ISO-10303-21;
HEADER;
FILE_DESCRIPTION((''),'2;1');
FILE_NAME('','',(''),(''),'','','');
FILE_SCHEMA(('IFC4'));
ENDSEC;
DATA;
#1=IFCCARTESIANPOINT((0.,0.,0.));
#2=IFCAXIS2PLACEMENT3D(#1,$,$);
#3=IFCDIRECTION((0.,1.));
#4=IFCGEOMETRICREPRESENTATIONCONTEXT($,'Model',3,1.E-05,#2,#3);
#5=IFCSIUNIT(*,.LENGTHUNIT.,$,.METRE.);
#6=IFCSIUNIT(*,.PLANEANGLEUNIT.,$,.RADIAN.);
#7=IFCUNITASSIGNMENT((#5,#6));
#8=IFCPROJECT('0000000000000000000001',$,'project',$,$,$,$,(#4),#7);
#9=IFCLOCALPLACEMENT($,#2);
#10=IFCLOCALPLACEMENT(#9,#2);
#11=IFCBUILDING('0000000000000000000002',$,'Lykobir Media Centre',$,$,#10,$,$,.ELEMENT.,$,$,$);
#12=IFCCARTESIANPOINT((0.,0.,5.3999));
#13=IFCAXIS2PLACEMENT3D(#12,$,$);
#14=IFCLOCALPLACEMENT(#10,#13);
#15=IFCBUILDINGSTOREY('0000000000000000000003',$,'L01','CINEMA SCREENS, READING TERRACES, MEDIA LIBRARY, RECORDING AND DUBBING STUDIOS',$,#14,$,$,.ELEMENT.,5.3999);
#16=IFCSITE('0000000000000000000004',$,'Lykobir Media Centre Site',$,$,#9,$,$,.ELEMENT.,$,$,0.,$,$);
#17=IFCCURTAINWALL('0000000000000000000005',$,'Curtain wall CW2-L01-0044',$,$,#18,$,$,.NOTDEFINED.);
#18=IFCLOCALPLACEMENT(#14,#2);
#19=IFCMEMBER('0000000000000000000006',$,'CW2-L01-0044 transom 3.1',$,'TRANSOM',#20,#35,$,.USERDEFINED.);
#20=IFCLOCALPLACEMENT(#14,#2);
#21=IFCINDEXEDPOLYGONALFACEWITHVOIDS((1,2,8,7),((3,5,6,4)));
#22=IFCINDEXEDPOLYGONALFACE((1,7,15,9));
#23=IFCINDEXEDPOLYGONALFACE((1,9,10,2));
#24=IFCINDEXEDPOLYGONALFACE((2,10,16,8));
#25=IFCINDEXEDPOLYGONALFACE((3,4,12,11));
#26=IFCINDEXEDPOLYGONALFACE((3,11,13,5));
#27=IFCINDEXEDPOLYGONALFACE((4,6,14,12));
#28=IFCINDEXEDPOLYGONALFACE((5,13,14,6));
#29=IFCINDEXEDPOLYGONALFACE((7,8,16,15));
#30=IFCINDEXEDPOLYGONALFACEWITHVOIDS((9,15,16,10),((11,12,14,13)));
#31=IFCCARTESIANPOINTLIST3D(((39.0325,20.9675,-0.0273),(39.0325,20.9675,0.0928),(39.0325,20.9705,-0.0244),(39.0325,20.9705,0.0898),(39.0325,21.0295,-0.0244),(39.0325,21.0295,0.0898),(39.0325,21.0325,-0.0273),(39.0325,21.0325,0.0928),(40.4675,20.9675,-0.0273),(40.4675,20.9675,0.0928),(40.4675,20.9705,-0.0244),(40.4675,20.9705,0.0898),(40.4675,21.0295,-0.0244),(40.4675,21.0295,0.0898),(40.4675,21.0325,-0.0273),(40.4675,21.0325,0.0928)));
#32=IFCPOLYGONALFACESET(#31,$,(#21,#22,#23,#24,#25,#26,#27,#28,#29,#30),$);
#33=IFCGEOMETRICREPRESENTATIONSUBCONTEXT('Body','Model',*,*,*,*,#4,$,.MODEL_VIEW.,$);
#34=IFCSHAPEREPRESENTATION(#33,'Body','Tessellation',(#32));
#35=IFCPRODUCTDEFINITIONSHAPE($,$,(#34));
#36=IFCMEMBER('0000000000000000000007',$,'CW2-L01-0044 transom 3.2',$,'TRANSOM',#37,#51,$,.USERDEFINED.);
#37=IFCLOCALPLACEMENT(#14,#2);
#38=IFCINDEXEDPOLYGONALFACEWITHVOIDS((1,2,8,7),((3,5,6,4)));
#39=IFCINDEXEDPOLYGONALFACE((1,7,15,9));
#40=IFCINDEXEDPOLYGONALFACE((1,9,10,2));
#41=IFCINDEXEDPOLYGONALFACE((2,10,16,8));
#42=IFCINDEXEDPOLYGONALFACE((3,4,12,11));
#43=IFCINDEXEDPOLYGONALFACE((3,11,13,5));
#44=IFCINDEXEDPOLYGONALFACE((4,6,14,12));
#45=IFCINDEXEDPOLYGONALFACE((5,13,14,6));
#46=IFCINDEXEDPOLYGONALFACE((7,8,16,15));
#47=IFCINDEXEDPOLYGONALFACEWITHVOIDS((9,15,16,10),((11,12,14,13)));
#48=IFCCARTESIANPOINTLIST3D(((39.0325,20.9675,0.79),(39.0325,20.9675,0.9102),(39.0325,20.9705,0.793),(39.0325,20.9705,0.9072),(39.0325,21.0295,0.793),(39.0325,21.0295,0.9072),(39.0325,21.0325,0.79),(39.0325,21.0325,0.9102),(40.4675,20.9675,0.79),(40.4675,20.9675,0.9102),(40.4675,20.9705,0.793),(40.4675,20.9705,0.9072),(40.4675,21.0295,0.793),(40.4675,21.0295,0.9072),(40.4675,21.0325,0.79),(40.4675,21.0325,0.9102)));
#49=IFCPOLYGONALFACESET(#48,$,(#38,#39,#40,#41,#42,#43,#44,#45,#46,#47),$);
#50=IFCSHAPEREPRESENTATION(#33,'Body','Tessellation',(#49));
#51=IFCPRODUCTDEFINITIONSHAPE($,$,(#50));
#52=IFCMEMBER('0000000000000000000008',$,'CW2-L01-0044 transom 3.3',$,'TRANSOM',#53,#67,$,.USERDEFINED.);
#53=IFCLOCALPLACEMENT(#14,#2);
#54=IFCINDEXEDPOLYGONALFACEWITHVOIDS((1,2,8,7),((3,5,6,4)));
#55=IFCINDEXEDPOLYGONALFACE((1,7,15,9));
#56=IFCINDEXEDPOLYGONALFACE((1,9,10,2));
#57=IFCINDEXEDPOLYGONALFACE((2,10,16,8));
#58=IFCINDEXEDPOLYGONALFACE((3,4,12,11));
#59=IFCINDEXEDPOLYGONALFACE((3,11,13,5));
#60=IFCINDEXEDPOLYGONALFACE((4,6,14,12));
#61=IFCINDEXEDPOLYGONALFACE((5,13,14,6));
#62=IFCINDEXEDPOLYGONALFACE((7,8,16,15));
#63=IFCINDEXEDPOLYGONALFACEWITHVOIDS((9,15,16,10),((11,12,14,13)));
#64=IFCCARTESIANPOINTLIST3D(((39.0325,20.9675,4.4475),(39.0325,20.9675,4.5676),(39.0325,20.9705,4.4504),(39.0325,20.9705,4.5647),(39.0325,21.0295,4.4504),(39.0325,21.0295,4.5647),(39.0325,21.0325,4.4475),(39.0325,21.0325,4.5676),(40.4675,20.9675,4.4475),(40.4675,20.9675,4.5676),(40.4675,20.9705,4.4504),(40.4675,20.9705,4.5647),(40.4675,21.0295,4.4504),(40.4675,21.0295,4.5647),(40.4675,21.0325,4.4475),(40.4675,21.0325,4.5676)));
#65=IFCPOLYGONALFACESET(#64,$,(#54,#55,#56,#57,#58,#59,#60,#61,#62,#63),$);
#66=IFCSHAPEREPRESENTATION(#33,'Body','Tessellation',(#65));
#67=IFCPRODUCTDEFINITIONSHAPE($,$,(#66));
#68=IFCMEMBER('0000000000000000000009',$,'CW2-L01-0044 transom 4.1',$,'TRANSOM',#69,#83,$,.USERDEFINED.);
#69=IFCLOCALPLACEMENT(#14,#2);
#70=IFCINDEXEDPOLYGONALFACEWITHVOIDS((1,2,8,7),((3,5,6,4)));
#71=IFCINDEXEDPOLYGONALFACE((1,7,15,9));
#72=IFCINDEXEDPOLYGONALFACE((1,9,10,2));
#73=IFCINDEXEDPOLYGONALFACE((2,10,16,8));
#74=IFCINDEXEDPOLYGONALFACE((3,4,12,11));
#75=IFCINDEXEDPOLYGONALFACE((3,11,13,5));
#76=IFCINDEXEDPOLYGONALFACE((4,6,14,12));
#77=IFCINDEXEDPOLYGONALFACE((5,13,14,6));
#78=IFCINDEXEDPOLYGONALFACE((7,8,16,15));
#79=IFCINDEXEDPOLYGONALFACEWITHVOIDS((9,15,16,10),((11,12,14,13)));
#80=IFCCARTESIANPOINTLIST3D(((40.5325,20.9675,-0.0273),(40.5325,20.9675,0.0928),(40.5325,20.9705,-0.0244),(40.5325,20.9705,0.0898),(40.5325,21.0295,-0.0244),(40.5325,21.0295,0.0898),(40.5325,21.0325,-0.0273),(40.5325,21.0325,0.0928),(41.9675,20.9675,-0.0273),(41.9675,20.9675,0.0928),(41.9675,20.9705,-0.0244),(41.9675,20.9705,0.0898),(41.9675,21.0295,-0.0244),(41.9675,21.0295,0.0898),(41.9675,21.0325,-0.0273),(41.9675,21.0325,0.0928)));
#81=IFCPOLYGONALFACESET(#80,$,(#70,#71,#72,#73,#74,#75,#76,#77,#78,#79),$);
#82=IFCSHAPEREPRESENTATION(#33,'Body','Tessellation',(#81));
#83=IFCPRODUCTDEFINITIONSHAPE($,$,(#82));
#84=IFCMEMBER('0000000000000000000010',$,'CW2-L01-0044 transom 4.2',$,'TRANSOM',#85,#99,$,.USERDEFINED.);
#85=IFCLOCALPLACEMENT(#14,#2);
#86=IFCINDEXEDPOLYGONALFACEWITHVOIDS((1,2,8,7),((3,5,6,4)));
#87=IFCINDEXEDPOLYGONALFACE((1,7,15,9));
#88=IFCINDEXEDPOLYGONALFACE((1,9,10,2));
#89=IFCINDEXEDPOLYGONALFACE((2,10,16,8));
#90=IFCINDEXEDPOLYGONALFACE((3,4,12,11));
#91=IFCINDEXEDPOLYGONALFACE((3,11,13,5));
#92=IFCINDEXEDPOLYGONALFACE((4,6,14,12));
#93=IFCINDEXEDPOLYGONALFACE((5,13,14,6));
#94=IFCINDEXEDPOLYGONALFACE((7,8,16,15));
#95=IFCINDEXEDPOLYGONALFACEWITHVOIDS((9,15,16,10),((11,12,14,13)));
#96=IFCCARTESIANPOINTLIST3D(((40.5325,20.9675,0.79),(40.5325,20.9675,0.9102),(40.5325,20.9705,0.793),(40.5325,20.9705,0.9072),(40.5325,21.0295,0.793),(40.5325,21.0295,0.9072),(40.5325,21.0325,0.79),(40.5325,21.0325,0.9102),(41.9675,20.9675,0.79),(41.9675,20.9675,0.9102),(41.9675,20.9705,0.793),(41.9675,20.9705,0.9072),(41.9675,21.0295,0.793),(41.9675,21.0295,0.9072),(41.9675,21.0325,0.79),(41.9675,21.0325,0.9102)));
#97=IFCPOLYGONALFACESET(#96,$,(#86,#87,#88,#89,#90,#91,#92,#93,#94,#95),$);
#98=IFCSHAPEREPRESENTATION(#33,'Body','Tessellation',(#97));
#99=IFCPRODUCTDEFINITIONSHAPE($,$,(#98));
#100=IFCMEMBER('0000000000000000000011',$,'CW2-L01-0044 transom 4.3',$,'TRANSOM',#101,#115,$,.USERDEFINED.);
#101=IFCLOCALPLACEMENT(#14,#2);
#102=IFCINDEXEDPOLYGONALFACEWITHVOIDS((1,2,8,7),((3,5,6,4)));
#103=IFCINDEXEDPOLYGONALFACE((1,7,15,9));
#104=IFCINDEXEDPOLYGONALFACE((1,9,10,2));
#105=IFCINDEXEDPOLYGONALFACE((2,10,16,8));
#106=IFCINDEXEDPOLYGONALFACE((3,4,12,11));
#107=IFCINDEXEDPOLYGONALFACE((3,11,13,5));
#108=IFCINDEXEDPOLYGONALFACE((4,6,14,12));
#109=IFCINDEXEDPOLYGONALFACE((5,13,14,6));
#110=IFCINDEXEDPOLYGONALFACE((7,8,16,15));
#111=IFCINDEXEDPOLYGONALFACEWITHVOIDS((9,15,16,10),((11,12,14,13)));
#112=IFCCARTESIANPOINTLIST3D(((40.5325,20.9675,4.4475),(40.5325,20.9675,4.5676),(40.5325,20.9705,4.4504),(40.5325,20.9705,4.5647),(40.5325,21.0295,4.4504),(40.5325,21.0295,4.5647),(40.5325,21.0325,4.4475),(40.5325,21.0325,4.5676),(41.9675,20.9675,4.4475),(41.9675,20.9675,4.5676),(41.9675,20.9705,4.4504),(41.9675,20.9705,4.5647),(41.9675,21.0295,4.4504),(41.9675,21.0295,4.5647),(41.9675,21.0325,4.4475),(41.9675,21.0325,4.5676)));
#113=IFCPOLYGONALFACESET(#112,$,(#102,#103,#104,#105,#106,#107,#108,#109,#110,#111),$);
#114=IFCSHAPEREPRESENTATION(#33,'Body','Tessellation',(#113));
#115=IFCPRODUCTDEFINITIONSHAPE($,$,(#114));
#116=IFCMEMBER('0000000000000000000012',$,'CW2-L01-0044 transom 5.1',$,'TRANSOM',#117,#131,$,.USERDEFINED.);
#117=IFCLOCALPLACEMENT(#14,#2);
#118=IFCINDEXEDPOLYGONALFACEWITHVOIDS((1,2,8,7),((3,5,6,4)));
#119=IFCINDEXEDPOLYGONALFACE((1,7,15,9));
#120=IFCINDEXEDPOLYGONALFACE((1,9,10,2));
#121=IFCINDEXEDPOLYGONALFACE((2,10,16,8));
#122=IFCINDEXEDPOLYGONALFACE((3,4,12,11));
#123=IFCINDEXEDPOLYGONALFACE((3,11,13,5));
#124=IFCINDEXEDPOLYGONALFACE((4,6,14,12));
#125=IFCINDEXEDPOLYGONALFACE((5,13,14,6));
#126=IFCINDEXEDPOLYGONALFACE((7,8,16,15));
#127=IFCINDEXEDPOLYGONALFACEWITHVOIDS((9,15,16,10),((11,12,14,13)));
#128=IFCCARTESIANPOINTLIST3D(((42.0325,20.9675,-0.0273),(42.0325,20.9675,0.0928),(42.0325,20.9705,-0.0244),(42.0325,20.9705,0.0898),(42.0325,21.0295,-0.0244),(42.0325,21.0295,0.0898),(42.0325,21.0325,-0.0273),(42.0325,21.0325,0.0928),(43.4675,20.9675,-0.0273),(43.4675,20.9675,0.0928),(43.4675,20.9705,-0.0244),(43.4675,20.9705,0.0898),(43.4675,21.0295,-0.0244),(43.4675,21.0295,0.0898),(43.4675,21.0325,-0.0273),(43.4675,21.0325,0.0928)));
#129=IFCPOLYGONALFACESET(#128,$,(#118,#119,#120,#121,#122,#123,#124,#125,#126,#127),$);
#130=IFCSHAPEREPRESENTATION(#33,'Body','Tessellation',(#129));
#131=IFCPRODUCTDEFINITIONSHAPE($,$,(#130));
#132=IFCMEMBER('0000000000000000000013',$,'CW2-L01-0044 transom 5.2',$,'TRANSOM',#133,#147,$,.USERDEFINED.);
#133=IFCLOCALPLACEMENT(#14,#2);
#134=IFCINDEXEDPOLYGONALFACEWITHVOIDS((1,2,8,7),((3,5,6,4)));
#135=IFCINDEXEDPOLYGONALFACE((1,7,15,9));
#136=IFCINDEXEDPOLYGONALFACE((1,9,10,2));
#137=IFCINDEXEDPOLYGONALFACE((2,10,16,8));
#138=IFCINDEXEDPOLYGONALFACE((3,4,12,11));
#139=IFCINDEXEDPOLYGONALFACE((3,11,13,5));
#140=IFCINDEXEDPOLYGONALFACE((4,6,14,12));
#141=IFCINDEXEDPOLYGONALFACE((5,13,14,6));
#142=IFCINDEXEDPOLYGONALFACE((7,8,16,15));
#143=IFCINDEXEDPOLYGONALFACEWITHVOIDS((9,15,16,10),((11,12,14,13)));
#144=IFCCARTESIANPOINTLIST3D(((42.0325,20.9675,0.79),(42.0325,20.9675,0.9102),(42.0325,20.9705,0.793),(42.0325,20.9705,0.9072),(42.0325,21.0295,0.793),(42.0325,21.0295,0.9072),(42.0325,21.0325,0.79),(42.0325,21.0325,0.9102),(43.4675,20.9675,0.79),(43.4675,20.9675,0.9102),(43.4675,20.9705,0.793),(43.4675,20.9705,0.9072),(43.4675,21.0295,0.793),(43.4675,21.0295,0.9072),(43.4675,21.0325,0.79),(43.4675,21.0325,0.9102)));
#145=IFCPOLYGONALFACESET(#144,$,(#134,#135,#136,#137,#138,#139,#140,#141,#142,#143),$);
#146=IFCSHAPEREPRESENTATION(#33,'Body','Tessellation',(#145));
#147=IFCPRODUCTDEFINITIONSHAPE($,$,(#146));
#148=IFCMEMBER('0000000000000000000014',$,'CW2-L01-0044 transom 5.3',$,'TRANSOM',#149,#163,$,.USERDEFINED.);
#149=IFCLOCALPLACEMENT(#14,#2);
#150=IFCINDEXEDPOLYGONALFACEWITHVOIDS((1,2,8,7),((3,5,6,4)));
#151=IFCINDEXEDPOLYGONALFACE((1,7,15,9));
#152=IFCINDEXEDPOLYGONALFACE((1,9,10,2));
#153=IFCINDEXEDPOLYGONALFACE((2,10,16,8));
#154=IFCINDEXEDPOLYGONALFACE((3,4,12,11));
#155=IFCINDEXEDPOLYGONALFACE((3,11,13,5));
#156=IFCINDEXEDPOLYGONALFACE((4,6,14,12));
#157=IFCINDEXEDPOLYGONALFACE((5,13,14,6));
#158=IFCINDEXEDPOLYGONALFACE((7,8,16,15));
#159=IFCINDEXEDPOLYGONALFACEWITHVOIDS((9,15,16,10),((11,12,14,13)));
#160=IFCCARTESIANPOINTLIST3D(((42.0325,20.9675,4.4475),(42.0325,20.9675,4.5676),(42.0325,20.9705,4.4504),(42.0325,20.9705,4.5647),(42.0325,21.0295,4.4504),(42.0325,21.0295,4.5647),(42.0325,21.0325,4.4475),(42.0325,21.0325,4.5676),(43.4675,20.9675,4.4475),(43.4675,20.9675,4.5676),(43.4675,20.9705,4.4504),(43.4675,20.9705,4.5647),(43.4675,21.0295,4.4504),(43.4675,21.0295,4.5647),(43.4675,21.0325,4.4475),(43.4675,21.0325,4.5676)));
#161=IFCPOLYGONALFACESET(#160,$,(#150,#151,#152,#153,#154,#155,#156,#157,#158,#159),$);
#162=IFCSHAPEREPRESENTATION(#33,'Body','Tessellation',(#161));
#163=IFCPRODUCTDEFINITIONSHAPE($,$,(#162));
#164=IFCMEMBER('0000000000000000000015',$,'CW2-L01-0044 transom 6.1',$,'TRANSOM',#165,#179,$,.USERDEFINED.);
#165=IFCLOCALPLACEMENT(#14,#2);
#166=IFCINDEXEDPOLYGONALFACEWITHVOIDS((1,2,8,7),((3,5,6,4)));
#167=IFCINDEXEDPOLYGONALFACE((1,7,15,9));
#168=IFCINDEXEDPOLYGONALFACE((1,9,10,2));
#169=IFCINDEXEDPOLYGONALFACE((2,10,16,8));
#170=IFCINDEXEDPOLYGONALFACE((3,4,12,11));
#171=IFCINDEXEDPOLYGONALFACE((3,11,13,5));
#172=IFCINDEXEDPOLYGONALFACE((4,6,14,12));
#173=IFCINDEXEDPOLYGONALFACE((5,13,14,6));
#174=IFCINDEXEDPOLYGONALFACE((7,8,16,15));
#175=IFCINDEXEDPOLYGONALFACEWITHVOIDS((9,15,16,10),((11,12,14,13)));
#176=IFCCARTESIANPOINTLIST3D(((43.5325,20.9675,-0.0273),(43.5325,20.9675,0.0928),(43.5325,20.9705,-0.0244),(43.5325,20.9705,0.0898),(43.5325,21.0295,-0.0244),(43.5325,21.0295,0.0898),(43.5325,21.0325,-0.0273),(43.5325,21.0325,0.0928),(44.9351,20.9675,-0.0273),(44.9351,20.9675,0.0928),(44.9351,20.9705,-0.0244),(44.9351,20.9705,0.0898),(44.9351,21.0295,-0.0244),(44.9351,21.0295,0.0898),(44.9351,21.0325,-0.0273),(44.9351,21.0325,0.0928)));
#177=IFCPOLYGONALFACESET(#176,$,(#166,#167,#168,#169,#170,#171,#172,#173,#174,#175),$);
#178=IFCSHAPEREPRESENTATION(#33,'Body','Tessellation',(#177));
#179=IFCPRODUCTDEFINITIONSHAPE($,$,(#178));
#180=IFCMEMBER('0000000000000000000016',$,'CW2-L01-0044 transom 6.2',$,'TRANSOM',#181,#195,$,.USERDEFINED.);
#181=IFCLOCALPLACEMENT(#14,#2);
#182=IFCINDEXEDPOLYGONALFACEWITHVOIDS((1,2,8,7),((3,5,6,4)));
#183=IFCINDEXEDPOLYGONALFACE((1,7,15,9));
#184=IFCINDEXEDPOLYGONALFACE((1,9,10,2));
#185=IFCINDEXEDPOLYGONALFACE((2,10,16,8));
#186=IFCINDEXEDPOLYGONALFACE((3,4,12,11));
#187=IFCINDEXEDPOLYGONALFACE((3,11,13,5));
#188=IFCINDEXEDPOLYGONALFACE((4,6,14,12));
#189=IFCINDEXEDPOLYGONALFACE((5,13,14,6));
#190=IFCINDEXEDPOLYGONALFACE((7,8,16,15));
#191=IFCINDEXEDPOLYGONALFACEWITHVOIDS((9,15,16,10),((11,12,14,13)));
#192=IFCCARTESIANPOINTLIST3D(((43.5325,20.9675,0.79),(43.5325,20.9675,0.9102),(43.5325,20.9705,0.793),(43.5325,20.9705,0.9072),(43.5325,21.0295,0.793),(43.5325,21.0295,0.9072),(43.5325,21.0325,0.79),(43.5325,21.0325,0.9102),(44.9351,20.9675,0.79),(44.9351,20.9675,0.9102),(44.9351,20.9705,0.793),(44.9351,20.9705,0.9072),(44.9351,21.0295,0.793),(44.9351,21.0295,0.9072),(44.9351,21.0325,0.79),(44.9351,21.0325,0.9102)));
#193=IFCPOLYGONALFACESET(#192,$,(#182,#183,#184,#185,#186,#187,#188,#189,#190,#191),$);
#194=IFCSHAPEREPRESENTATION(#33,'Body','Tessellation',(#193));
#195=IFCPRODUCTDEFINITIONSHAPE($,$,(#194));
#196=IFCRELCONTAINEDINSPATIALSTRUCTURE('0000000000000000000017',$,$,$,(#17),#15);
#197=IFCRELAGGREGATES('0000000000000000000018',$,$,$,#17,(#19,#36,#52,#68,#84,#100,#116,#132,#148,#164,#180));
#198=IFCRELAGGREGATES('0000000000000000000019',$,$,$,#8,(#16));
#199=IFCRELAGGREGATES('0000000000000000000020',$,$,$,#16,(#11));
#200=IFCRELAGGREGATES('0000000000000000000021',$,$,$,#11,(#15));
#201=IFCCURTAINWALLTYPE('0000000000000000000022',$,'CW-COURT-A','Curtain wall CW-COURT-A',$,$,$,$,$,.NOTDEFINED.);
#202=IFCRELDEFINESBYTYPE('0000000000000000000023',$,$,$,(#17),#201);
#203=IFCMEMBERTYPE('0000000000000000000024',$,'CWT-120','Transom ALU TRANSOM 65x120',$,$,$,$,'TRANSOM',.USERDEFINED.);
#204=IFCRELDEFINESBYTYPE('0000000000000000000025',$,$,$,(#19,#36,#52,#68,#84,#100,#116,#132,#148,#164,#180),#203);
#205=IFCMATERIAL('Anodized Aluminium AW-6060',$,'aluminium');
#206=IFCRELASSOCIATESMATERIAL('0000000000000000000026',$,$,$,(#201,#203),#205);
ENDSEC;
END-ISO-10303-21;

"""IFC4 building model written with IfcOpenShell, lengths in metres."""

from ifc_helpers import new_model, si_unit, direction, frame, origin, origin_2d, place, context, subcontext, project, spatial, hollow_rectangle, extrude, material, material_profile, profile_set, type_object, element, aggregate, save


model = new_model("IFC4")

# Units and contexts
model_context = context("Model", 3, precision=1e-05, world=origin(), true_north=direction((0.0, 1.0)))
body_context = subcontext(model_context, "Body", "Model", "MODEL_VIEW")
ifc_project = project(units=[si_unit("LENGTHUNIT", "METRE"), si_unit("PLANEANGLEUNIT", "RADIAN")], contexts=[model_context])

# Site, building, storey
site_placement = place(None, origin())
site = spatial("IfcSite", under=ifc_project, at=site_placement, Name="Lykobir Media Centre Site", CompositionType="ELEMENT", RefElevation=0.0)
building_placement = place(site_placement, origin())
building = spatial("IfcBuilding", under=site, at=building_placement, Name="Lykobir Media Centre", CompositionType="ELEMENT")
storey_placement = place(building_placement, frame((0.0, 0.0, 5.3999)))
storey = spatial("IfcBuildingStorey", under=building, at=storey_placement, Name="L01", Description="CINEMA SCREENS, READING TERRACES, MEDIA LIBRARY, RECORDING AND DUBBING STUDIOS", CompositionType="ELEMENT", Elevation=5.3999)

# Curtain wall
ifc_material_1 = material(Name="Anodized Aluminium AW-6060", Category="aluminium")
curtain_wall_type = type_object("IfcCurtainWallType", Name="CW-COURT-A", Description="Curtain wall CW-COURT-A", PredefinedType="NOTDEFINED", material=ifc_material_1)
curtain_wall_1_placement = place(storey_placement, origin())
curtain_wall_1 = element("IfcCurtainWall", 1, at=curtain_wall_1_placement, inside=storey, type_object=curtain_wall_type, Name="Curtain wall CW2-L01-0044", PredefinedType="NOTDEFINED")

# Members
ifc_material_profile_1 = material_profile(ifc_material_1, hollow_rectangle(XDim=0.0649, YDim=0.1201, WallThickness=0.0029, at=origin_2d()), Name="ALU TRANSOM 65x120")
ifc_profile_set_1 = profile_set([ifc_material_profile_1], Name="Anodized Aluminium AW-6060")
member_type_1 = type_object("IfcMemberType", Name="CWT-120", Description="Transom ALU TRANSOM 65x120", ElementType="TRANSOM", PredefinedType="USERDEFINED", material=ifc_profile_set_1)
member_1_placement = place(storey_placement, frame((39.0325, 21.0, 0.0327), z_axis=(1.0, 0.0, 0.0), x_axis=(0.0, 1.0, 0.0)))
member_1 = element("IfcMember", 2, at=member_1_placement, type_object=member_type_1, Name="CW2-L01-0044 transom 3.1", ObjectType="TRANSOM", PredefinedType="USERDEFINED", context=body_context, shape_type="SweptSolid", body=[
    extrude(hollow_rectangle(XDim=0.0649, YDim=0.1201, WallThickness=0.0029, at=origin_2d()), origin(), (0.0, 0.0, 1.0), 1.4351),
])
member_2_placement = place(storey_placement, frame((39.0325, 21.0, 0.8501), z_axis=(1.0, 0.0, 0.0), x_axis=(0.0, 1.0, 0.0)))
member_2 = element("IfcMember", 3, at=member_2_placement, type_object=member_type_1, Name="CW2-L01-0044 transom 3.2", ObjectType="TRANSOM", PredefinedType="USERDEFINED", context=body_context, shape_type="SweptSolid", body=[
    extrude(hollow_rectangle(XDim=0.0649, YDim=0.1201, WallThickness=0.0029, at=origin_2d()), origin(), (0.0, 0.0, 1.0), 1.4351),
])
member_3_placement = place(storey_placement, frame((39.0325, 21.0, 4.5076), z_axis=(1.0, 0.0, 0.0), x_axis=(0.0, 1.0, 0.0)))
member_3 = element("IfcMember", 4, at=member_3_placement, type_object=member_type_1, Name="CW2-L01-0044 transom 3.3", ObjectType="TRANSOM", PredefinedType="USERDEFINED", context=body_context, shape_type="SweptSolid", body=[
    extrude(hollow_rectangle(XDim=0.0649, YDim=0.1201, WallThickness=0.0029, at=origin_2d()), origin(), (0.0, 0.0, 1.0), 1.4351),
])
member_4_placement = place(storey_placement, frame((40.5325, 21.0, 0.0327), z_axis=(1.0, 0.0, 0.0), x_axis=(0.0, 1.0, 0.0)))
member_4 = element("IfcMember", 5, at=member_4_placement, type_object=member_type_1, Name="CW2-L01-0044 transom 4.1", ObjectType="TRANSOM", PredefinedType="USERDEFINED", context=body_context, shape_type="SweptSolid", body=[
    extrude(hollow_rectangle(XDim=0.0649, YDim=0.1201, WallThickness=0.0029, at=origin_2d()), origin(), (0.0, 0.0, 1.0), 1.4351),
])
member_5_placement = place(storey_placement, frame((40.5325, 21.0, 0.8501), z_axis=(1.0, 0.0, 0.0), x_axis=(0.0, 1.0, 0.0)))
member_5 = element("IfcMember", 6, at=member_5_placement, type_object=member_type_1, Name="CW2-L01-0044 transom 4.2", ObjectType="TRANSOM", PredefinedType="USERDEFINED", context=body_context, shape_type="SweptSolid", body=[
    extrude(hollow_rectangle(XDim=0.0649, YDim=0.1201, WallThickness=0.0029, at=origin_2d()), origin(), (0.0, 0.0, 1.0), 1.4351),
])
member_6_placement = place(storey_placement, frame((40.5325, 21.0, 4.5076), z_axis=(1.0, 0.0, 0.0), x_axis=(0.0, 1.0, 0.0)))
member_6 = element("IfcMember", 7, at=member_6_placement, type_object=member_type_1, Name="CW2-L01-0044 transom 4.3", ObjectType="TRANSOM", PredefinedType="USERDEFINED", context=body_context, shape_type="SweptSolid", body=[
    extrude(hollow_rectangle(XDim=0.0649, YDim=0.1201, WallThickness=0.0029, at=origin_2d()), origin(), (0.0, 0.0, 1.0), 1.4351),
])
member_7_placement = place(storey_placement, frame((42.0325, 21.0, 0.0327), z_axis=(1.0, 0.0, 0.0), x_axis=(0.0, 1.0, 0.0)))
member_7 = element("IfcMember", 8, at=member_7_placement, type_object=member_type_1, Name="CW2-L01-0044 transom 5.1", ObjectType="TRANSOM", PredefinedType="USERDEFINED", context=body_context, shape_type="SweptSolid", body=[
    extrude(hollow_rectangle(XDim=0.0649, YDim=0.1201, WallThickness=0.0029, at=origin_2d()), origin(), (0.0, 0.0, 1.0), 1.4351),
])
member_8_placement = place(storey_placement, frame((42.0325, 21.0, 0.8501), z_axis=(1.0, 0.0, 0.0), x_axis=(0.0, 1.0, 0.0)))
member_8 = element("IfcMember", 9, at=member_8_placement, type_object=member_type_1, Name="CW2-L01-0044 transom 5.2", ObjectType="TRANSOM", PredefinedType="USERDEFINED", context=body_context, shape_type="SweptSolid", body=[
    extrude(hollow_rectangle(XDim=0.0649, YDim=0.1201, WallThickness=0.0029, at=origin_2d()), origin(), (0.0, 0.0, 1.0), 1.4351),
])
member_9_placement = place(storey_placement, frame((42.0325, 21.0, 4.5076), z_axis=(1.0, 0.0, 0.0), x_axis=(0.0, 1.0, 0.0)))
member_9 = element("IfcMember", 10, at=member_9_placement, type_object=member_type_1, Name="CW2-L01-0044 transom 5.3", ObjectType="TRANSOM", PredefinedType="USERDEFINED", context=body_context, shape_type="SweptSolid", body=[
    extrude(hollow_rectangle(XDim=0.0649, YDim=0.1201, WallThickness=0.0029, at=origin_2d()), origin(), (0.0, 0.0, 1.0), 1.4351),
])
member_10_placement = place(storey_placement, frame((43.5325, 21.0, 0.0327), z_axis=(1.0, 0.0, 0.0), x_axis=(0.0, 1.0, 0.0)))
member_10 = element("IfcMember", 11, at=member_10_placement, type_object=member_type_1, Name="CW2-L01-0044 transom 6.1", ObjectType="TRANSOM", PredefinedType="USERDEFINED", context=body_context, shape_type="SweptSolid", body=[
    extrude(hollow_rectangle(XDim=0.0649, YDim=0.1201, WallThickness=0.0029, at=origin_2d()), origin(), (0.0, 0.0, 1.0), 1.4026),
])
member_11_placement = place(storey_placement, frame((43.5325, 21.0, 0.8501), z_axis=(1.0, 0.0, 0.0), x_axis=(0.0, 1.0, 0.0)))
member_11 = element("IfcMember", 12, at=member_11_placement, type_object=member_type_1, Name="CW2-L01-0044 transom 6.2", ObjectType="TRANSOM", PredefinedType="USERDEFINED", context=body_context, shape_type="SweptSolid", body=[
    extrude(hollow_rectangle(XDim=0.0649, YDim=0.1201, WallThickness=0.0029, at=origin_2d()), origin(), (0.0, 0.0, 1.0), 1.4026),
])

aggregate(curtain_wall_1, [member_1, member_2, member_3, member_4, member_5, member_6, member_7, member_8, member_9, member_10, member_11])

save(model, "model.ifc")
